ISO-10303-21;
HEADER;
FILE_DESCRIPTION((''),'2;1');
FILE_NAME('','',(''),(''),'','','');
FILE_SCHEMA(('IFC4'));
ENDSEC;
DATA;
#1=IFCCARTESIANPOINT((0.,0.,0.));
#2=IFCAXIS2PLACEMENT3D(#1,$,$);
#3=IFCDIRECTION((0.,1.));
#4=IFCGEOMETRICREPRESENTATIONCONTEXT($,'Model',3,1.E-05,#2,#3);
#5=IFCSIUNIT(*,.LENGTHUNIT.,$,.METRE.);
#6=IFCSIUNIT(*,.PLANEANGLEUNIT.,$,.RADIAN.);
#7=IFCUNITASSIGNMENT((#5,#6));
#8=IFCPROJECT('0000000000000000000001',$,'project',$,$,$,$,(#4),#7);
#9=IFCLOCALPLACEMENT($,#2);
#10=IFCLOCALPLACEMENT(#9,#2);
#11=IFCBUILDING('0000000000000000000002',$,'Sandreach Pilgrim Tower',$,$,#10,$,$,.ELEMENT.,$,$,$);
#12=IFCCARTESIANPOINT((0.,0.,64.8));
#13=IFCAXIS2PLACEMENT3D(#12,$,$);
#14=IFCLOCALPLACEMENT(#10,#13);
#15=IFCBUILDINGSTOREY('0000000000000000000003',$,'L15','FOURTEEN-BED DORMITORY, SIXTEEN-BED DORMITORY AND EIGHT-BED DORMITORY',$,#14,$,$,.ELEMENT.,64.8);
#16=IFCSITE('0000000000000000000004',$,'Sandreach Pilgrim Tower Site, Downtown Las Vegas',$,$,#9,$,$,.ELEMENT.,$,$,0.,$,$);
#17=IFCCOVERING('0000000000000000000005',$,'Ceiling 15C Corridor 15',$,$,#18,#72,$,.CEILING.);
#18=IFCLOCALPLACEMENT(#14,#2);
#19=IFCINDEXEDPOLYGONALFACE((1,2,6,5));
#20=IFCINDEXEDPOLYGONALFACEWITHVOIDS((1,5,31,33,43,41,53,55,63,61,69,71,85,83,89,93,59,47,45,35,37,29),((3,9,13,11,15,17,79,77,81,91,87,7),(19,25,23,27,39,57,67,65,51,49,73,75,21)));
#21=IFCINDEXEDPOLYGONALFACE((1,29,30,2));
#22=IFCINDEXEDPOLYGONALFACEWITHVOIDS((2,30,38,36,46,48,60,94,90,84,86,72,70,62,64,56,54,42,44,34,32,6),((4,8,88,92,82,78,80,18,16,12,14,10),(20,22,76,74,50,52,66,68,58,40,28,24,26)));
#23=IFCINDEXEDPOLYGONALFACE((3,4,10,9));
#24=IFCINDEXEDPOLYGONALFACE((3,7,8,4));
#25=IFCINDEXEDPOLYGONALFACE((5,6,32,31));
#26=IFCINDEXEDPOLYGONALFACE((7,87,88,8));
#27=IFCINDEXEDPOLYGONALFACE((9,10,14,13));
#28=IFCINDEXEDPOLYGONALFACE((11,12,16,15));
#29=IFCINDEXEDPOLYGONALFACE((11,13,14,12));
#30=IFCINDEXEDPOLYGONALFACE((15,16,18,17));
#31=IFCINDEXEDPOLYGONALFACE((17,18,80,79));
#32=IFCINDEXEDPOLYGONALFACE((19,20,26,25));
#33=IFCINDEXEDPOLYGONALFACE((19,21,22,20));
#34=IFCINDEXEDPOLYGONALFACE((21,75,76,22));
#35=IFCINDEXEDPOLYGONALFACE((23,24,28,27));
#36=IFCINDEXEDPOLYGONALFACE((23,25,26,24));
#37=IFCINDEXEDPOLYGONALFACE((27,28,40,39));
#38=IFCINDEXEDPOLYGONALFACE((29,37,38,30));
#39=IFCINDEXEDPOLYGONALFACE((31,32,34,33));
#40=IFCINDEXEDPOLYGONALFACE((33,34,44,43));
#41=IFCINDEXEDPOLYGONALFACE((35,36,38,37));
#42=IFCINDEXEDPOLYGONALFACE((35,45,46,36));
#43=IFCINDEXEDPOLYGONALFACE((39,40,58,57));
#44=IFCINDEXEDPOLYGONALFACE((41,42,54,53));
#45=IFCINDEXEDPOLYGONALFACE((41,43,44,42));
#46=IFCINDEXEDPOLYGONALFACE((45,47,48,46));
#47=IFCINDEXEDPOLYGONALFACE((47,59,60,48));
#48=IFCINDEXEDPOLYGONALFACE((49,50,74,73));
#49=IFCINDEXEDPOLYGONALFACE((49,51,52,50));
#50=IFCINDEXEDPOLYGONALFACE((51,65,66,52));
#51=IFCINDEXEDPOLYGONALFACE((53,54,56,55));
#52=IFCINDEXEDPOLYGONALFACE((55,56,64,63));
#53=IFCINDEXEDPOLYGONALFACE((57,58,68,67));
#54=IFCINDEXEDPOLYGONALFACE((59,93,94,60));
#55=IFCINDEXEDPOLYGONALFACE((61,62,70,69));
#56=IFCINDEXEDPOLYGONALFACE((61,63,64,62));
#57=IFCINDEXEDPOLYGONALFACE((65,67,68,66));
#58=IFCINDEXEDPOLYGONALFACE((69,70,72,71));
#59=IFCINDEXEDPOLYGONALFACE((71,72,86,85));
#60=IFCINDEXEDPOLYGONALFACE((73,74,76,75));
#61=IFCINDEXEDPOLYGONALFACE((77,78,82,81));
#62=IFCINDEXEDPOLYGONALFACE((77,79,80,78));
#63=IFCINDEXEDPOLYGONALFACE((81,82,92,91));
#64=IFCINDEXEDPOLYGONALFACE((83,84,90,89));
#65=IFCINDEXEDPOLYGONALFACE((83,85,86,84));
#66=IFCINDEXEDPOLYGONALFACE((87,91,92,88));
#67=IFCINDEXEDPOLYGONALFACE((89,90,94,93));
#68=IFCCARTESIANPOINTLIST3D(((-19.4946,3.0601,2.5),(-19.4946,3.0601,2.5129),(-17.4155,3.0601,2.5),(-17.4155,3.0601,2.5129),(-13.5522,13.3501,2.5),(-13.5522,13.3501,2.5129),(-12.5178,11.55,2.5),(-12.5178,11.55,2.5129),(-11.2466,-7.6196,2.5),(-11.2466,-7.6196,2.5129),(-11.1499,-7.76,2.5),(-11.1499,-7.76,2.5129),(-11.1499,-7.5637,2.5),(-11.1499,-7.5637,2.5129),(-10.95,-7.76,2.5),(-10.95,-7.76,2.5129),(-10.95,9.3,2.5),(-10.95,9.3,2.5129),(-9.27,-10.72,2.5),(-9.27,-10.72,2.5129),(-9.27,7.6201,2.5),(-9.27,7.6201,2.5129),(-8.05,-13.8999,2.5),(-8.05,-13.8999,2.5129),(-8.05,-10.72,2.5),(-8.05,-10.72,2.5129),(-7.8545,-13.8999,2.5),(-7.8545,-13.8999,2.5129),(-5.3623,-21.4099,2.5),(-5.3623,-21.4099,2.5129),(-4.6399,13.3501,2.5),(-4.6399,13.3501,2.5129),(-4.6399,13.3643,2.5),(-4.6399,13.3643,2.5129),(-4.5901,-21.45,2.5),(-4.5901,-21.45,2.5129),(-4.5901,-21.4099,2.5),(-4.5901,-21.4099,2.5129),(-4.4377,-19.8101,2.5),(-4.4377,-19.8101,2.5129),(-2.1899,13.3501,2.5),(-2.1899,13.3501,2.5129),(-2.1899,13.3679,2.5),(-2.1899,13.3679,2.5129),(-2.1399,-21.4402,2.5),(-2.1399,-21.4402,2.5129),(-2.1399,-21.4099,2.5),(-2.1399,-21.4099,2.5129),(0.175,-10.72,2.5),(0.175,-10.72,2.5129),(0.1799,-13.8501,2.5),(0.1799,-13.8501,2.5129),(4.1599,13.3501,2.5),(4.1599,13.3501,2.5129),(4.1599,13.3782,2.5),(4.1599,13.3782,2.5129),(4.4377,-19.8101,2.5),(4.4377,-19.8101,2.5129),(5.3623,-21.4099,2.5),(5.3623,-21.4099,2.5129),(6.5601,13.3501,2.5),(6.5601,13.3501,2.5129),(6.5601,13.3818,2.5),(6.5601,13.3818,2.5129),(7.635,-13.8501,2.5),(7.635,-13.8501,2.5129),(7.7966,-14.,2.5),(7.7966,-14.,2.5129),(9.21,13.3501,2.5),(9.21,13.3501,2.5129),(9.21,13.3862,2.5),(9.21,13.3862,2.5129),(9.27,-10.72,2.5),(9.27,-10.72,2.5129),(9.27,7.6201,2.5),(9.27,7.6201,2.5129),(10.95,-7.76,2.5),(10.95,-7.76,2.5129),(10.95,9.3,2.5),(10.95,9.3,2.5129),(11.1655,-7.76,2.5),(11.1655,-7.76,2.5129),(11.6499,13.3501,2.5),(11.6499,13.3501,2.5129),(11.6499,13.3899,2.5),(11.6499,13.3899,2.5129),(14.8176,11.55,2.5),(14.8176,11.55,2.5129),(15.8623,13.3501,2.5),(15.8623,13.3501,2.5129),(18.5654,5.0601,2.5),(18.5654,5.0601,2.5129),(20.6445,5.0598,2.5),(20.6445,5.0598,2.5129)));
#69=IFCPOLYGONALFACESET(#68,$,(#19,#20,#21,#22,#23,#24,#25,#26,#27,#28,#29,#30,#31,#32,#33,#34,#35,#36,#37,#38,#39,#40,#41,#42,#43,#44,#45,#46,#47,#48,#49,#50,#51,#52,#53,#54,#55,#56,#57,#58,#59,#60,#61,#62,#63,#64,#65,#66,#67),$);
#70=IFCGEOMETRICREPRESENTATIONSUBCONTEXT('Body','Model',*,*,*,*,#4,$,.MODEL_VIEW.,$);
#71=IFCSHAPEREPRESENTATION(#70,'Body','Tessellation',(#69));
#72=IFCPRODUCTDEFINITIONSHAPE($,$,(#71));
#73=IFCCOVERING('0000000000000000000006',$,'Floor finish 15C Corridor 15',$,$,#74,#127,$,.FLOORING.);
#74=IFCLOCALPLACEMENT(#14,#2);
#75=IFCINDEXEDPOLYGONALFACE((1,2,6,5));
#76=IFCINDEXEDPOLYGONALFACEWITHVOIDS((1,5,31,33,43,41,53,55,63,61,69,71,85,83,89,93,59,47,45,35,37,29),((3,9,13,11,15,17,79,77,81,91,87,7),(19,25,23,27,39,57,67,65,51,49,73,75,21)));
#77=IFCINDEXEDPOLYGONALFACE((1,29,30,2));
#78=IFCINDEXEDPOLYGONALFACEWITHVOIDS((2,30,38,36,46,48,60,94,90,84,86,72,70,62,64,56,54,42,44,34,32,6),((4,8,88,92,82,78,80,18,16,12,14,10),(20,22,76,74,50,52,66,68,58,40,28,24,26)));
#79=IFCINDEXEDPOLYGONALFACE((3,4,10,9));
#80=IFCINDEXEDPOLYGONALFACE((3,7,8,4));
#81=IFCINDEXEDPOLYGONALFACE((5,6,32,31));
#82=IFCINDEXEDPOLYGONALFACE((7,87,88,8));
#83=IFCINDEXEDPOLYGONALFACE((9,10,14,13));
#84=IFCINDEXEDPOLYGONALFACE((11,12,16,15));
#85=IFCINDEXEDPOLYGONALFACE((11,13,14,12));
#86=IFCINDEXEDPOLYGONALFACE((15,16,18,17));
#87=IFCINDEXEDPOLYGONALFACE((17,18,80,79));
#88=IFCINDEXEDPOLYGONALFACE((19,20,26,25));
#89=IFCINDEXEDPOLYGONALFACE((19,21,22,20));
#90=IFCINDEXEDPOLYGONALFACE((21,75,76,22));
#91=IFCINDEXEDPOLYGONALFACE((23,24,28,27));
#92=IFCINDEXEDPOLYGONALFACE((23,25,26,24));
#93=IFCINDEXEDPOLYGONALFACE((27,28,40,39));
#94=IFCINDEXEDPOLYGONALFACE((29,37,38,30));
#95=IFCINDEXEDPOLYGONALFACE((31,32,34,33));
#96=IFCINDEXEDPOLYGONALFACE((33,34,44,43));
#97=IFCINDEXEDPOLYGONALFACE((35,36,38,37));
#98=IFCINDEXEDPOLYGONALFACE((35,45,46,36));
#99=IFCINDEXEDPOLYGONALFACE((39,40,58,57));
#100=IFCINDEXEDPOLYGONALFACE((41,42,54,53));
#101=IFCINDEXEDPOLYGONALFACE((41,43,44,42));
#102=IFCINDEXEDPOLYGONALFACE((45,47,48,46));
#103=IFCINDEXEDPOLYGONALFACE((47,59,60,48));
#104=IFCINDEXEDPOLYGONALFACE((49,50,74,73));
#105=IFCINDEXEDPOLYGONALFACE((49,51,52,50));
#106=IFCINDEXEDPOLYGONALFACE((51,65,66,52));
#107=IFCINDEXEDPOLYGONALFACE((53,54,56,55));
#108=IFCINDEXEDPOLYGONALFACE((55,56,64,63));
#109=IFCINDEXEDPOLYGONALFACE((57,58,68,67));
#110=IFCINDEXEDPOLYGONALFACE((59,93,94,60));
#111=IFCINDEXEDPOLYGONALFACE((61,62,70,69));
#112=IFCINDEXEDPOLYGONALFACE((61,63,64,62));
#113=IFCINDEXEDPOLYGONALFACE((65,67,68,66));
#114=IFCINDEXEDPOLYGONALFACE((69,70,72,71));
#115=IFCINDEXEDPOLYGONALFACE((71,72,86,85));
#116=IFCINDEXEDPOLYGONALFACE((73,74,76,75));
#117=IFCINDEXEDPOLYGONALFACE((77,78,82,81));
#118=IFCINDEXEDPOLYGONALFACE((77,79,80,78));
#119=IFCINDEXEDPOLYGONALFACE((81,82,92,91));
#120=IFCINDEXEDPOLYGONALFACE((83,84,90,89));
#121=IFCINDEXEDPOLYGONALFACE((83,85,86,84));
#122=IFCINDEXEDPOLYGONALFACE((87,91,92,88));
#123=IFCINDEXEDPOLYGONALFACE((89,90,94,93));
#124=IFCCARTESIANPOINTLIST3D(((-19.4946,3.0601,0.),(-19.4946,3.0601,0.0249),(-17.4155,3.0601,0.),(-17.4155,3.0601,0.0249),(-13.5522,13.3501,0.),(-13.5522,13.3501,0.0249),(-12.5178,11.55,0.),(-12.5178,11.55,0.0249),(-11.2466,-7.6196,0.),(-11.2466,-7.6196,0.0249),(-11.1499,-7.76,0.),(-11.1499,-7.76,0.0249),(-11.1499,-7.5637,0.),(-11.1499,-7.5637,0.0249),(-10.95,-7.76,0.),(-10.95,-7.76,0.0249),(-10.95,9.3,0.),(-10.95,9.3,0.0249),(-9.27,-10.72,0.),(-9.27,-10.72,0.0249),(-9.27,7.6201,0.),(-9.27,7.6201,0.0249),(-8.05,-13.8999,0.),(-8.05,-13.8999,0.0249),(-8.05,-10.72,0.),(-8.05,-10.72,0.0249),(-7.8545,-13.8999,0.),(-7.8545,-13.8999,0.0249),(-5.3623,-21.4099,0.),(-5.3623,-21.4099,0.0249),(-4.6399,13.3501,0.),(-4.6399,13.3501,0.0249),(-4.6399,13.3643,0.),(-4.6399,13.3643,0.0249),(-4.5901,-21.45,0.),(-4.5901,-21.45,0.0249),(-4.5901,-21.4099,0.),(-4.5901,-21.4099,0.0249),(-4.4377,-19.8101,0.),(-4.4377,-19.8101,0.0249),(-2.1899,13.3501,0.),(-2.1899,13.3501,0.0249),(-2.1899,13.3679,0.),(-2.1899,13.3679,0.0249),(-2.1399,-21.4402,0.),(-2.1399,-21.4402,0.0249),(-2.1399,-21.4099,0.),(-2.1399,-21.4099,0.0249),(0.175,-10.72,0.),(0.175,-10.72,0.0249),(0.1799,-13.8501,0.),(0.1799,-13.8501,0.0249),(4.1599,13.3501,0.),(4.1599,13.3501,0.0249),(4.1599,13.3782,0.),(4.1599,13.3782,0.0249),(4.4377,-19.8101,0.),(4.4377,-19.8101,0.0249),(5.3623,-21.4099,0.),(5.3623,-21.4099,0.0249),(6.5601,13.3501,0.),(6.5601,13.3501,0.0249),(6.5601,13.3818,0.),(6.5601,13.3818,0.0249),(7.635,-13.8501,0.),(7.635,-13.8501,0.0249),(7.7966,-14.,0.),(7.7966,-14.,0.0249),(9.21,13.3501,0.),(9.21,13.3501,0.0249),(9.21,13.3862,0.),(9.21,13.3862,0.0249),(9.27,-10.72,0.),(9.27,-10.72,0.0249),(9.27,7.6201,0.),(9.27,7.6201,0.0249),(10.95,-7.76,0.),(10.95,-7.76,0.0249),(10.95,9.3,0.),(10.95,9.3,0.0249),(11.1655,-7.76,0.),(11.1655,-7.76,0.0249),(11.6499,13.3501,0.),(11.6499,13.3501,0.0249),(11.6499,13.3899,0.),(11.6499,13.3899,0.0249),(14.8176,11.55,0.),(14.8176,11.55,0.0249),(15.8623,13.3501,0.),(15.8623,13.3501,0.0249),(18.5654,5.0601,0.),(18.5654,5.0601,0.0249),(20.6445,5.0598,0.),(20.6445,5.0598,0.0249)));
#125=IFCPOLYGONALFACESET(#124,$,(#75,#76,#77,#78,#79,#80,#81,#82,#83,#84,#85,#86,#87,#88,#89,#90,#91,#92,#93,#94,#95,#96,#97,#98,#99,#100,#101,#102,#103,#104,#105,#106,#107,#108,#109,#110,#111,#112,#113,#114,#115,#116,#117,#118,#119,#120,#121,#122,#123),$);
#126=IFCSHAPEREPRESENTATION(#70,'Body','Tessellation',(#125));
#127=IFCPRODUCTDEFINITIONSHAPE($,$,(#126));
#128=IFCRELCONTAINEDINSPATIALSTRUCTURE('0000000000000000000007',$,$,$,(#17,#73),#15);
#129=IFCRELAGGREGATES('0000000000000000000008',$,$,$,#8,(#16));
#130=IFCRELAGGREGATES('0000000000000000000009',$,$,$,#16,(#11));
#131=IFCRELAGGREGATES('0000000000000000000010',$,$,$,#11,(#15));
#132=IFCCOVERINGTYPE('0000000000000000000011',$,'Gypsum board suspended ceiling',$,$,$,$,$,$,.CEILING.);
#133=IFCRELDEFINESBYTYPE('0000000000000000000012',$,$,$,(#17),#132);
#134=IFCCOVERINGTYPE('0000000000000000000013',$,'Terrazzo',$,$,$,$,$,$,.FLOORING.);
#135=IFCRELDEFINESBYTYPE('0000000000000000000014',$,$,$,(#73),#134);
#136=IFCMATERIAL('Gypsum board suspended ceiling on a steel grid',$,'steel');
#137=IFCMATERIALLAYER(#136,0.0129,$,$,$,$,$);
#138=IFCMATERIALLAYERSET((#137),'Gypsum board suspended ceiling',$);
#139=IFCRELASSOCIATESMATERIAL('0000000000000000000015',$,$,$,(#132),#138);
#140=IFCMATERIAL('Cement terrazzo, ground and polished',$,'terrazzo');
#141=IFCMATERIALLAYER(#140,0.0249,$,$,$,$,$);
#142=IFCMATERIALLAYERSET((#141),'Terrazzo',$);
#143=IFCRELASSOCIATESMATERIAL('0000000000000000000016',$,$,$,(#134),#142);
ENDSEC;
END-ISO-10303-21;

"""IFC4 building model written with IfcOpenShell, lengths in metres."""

from ifc_helpers import new_model, si_unit, direction, frame, origin, place, context, subcontext, project, spatial, polyline, outline, extrude, material, layer, layer_set, type_object, element, save


model = new_model("IFC4")

# Units and contexts
model_context = context("Model", 3, precision=1e-05, world=origin(), true_north=direction((0.0, 1.0)))
body_context = subcontext(model_context, "Body", "Model", "MODEL_VIEW")
ifc_project = project(units=[si_unit("LENGTHUNIT", "METRE"), si_unit("PLANEANGLEUNIT", "RADIAN")], contexts=[model_context])

# Site, building, storey
site_placement = place(None, origin())
site = spatial("IfcSite", under=ifc_project, at=site_placement, Name="Sandreach Pilgrim Tower Site, Downtown Las Vegas", CompositionType="ELEMENT", RefElevation=0.0)
building_placement = place(site_placement, origin())
building = spatial("IfcBuilding", under=site, at=building_placement, Name="Sandreach Pilgrim Tower", CompositionType="ELEMENT")
storey_placement = place(building_placement, frame((0.0, 0.0, 64.8)))
storey = spatial("IfcBuildingStorey", under=building, at=storey_placement, Name="L15", Description="FOURTEEN-BED DORMITORY, SIXTEEN-BED DORMITORY AND EIGHT-BED DORMITORY", CompositionType="ELEMENT", Elevation=64.8)

# Coverings
ifc_material_1 = material(Name="Gypsum board suspended ceiling on a steel grid", Category="steel")
ifc_layer_1 = layer(ifc_material_1, 0.0129)
ifc_layer_set_1 = layer_set([ifc_layer_1], Name="Gypsum board suspended ceiling")
covering_type_1 = type_object("IfcCoveringType", Name="Gypsum board suspended ceiling", PredefinedType="CEILING", material=ifc_layer_set_1)
covering_1_placement = place(storey_placement, frame((0.0, 0.0, 2.5)))
element("IfcCovering", 1, at=covering_1_placement, inside=storey, type_object=covering_type_1, Name="Ceiling 15C Corridor 15", PredefinedType="CEILING", context=body_context, shape_type="SweptSolid", body=[
    extrude(outline(polyline([(-19.4946, 3.0601), (-13.5522, 13.3501), (-4.6399, 13.3501), (-4.6399, 13.3643), (-2.1899, 13.3679), (-2.1899, 13.3501), (4.1599, 13.3501), (4.1599, 13.3782), (6.5601, 13.3818), (6.5601, 13.3501), (9.21, 13.3501), (9.21, 13.3862), (11.6499, 13.3899), (11.6499, 13.3501), (15.8623, 13.3501), (20.6445, 5.0598), (5.3623, -21.4099), (-2.1399, -21.4099), (-2.1399, -21.4402), (-4.5901, -21.45), (-4.5901, -21.4099), (-5.3623, -21.4099), (-19.4946, 3.0601)]), holes=[polyline([(-17.4155, 3.0601), (-11.2466, -7.6196), (-11.1499, -7.5637), (-11.1499, -7.76), (-10.95, -7.76), (-10.95, 9.3), (10.95, 9.3), (10.95, -7.76), (11.1655, -7.76), (18.5654, 5.0601), (14.8176, 11.55), (-12.5178, 11.55), (-17.4155, 3.0601)]), polyline([(-8.05, -10.72), (-8.05, -13.8999), (-7.8545, -13.8999), (-4.4377, -19.8101), (4.4377, -19.8101), (7.7966, -14.0), (7.635, -13.8501), (0.1799, -13.8501), (0.175, -10.72), (9.27, -10.72), (9.27, 7.6201), (-9.27, 7.6201), (-9.27, -10.72), (-8.05, -10.72)])]), origin(), (0.0, 0.0, 1.0), 0.0129),
])
ifc_material_2 = material(Name="Cement terrazzo, ground and polished", Category="terrazzo")
ifc_layer_2 = layer(ifc_material_2, 0.0249)
ifc_layer_set_2 = layer_set([ifc_layer_2], Name="Terrazzo")
covering_type_2 = type_object("IfcCoveringType", Name="Terrazzo", PredefinedType="FLOORING", material=ifc_layer_set_2)
covering_2_placement = place(storey_placement, origin())
element("IfcCovering", 2, at=covering_2_placement, inside=storey, type_object=covering_type_2, Name="Floor finish 15C Corridor 15", PredefinedType="FLOORING", context=body_context, shape_type="SweptSolid", body=[
    extrude(outline(polyline([(-19.4946, 3.0601), (-13.5522, 13.3501), (-4.6399, 13.3501), (-4.6399, 13.3643), (-2.1899, 13.3679), (-2.1899, 13.3501), (4.1599, 13.3501), (4.1599, 13.3782), (6.5601, 13.3818), (6.5601, 13.3501), (9.21, 13.3501), (9.21, 13.3862), (11.6499, 13.3899), (11.6499, 13.3501), (15.8623, 13.3501), (20.6445, 5.0598), (5.3623, -21.4099), (-2.1399, -21.4099), (-2.1399, -21.4402), (-4.5901, -21.45), (-4.5901, -21.4099), (-5.3623, -21.4099), (-19.4946, 3.0601)]), holes=[polyline([(-17.4155, 3.0601), (-11.2466, -7.6196), (-11.1499, -7.5637), (-11.1499, -7.76), (-10.95, -7.76), (-10.95, 9.3), (10.95, 9.3), (10.95, -7.76), (11.1655, -7.76), (18.5654, 5.0601), (14.8176, 11.55), (-12.5178, 11.55), (-17.4155, 3.0601)]), polyline([(-8.05, -10.72), (-8.05, -13.8999), (-7.8545, -13.8999), (-4.4377, -19.8101), (4.4377, -19.8101), (7.7966, -14.0), (7.635, -13.8501), (0.1799, -13.8501), (0.175, -10.72), (9.27, -10.72), (9.27, 7.6201), (-9.27, 7.6201), (-9.27, -10.72), (-8.05, -10.72)])]), origin(), (0.0, 0.0, 1.0), 0.0249),
])

save(model, "model.ifc")
